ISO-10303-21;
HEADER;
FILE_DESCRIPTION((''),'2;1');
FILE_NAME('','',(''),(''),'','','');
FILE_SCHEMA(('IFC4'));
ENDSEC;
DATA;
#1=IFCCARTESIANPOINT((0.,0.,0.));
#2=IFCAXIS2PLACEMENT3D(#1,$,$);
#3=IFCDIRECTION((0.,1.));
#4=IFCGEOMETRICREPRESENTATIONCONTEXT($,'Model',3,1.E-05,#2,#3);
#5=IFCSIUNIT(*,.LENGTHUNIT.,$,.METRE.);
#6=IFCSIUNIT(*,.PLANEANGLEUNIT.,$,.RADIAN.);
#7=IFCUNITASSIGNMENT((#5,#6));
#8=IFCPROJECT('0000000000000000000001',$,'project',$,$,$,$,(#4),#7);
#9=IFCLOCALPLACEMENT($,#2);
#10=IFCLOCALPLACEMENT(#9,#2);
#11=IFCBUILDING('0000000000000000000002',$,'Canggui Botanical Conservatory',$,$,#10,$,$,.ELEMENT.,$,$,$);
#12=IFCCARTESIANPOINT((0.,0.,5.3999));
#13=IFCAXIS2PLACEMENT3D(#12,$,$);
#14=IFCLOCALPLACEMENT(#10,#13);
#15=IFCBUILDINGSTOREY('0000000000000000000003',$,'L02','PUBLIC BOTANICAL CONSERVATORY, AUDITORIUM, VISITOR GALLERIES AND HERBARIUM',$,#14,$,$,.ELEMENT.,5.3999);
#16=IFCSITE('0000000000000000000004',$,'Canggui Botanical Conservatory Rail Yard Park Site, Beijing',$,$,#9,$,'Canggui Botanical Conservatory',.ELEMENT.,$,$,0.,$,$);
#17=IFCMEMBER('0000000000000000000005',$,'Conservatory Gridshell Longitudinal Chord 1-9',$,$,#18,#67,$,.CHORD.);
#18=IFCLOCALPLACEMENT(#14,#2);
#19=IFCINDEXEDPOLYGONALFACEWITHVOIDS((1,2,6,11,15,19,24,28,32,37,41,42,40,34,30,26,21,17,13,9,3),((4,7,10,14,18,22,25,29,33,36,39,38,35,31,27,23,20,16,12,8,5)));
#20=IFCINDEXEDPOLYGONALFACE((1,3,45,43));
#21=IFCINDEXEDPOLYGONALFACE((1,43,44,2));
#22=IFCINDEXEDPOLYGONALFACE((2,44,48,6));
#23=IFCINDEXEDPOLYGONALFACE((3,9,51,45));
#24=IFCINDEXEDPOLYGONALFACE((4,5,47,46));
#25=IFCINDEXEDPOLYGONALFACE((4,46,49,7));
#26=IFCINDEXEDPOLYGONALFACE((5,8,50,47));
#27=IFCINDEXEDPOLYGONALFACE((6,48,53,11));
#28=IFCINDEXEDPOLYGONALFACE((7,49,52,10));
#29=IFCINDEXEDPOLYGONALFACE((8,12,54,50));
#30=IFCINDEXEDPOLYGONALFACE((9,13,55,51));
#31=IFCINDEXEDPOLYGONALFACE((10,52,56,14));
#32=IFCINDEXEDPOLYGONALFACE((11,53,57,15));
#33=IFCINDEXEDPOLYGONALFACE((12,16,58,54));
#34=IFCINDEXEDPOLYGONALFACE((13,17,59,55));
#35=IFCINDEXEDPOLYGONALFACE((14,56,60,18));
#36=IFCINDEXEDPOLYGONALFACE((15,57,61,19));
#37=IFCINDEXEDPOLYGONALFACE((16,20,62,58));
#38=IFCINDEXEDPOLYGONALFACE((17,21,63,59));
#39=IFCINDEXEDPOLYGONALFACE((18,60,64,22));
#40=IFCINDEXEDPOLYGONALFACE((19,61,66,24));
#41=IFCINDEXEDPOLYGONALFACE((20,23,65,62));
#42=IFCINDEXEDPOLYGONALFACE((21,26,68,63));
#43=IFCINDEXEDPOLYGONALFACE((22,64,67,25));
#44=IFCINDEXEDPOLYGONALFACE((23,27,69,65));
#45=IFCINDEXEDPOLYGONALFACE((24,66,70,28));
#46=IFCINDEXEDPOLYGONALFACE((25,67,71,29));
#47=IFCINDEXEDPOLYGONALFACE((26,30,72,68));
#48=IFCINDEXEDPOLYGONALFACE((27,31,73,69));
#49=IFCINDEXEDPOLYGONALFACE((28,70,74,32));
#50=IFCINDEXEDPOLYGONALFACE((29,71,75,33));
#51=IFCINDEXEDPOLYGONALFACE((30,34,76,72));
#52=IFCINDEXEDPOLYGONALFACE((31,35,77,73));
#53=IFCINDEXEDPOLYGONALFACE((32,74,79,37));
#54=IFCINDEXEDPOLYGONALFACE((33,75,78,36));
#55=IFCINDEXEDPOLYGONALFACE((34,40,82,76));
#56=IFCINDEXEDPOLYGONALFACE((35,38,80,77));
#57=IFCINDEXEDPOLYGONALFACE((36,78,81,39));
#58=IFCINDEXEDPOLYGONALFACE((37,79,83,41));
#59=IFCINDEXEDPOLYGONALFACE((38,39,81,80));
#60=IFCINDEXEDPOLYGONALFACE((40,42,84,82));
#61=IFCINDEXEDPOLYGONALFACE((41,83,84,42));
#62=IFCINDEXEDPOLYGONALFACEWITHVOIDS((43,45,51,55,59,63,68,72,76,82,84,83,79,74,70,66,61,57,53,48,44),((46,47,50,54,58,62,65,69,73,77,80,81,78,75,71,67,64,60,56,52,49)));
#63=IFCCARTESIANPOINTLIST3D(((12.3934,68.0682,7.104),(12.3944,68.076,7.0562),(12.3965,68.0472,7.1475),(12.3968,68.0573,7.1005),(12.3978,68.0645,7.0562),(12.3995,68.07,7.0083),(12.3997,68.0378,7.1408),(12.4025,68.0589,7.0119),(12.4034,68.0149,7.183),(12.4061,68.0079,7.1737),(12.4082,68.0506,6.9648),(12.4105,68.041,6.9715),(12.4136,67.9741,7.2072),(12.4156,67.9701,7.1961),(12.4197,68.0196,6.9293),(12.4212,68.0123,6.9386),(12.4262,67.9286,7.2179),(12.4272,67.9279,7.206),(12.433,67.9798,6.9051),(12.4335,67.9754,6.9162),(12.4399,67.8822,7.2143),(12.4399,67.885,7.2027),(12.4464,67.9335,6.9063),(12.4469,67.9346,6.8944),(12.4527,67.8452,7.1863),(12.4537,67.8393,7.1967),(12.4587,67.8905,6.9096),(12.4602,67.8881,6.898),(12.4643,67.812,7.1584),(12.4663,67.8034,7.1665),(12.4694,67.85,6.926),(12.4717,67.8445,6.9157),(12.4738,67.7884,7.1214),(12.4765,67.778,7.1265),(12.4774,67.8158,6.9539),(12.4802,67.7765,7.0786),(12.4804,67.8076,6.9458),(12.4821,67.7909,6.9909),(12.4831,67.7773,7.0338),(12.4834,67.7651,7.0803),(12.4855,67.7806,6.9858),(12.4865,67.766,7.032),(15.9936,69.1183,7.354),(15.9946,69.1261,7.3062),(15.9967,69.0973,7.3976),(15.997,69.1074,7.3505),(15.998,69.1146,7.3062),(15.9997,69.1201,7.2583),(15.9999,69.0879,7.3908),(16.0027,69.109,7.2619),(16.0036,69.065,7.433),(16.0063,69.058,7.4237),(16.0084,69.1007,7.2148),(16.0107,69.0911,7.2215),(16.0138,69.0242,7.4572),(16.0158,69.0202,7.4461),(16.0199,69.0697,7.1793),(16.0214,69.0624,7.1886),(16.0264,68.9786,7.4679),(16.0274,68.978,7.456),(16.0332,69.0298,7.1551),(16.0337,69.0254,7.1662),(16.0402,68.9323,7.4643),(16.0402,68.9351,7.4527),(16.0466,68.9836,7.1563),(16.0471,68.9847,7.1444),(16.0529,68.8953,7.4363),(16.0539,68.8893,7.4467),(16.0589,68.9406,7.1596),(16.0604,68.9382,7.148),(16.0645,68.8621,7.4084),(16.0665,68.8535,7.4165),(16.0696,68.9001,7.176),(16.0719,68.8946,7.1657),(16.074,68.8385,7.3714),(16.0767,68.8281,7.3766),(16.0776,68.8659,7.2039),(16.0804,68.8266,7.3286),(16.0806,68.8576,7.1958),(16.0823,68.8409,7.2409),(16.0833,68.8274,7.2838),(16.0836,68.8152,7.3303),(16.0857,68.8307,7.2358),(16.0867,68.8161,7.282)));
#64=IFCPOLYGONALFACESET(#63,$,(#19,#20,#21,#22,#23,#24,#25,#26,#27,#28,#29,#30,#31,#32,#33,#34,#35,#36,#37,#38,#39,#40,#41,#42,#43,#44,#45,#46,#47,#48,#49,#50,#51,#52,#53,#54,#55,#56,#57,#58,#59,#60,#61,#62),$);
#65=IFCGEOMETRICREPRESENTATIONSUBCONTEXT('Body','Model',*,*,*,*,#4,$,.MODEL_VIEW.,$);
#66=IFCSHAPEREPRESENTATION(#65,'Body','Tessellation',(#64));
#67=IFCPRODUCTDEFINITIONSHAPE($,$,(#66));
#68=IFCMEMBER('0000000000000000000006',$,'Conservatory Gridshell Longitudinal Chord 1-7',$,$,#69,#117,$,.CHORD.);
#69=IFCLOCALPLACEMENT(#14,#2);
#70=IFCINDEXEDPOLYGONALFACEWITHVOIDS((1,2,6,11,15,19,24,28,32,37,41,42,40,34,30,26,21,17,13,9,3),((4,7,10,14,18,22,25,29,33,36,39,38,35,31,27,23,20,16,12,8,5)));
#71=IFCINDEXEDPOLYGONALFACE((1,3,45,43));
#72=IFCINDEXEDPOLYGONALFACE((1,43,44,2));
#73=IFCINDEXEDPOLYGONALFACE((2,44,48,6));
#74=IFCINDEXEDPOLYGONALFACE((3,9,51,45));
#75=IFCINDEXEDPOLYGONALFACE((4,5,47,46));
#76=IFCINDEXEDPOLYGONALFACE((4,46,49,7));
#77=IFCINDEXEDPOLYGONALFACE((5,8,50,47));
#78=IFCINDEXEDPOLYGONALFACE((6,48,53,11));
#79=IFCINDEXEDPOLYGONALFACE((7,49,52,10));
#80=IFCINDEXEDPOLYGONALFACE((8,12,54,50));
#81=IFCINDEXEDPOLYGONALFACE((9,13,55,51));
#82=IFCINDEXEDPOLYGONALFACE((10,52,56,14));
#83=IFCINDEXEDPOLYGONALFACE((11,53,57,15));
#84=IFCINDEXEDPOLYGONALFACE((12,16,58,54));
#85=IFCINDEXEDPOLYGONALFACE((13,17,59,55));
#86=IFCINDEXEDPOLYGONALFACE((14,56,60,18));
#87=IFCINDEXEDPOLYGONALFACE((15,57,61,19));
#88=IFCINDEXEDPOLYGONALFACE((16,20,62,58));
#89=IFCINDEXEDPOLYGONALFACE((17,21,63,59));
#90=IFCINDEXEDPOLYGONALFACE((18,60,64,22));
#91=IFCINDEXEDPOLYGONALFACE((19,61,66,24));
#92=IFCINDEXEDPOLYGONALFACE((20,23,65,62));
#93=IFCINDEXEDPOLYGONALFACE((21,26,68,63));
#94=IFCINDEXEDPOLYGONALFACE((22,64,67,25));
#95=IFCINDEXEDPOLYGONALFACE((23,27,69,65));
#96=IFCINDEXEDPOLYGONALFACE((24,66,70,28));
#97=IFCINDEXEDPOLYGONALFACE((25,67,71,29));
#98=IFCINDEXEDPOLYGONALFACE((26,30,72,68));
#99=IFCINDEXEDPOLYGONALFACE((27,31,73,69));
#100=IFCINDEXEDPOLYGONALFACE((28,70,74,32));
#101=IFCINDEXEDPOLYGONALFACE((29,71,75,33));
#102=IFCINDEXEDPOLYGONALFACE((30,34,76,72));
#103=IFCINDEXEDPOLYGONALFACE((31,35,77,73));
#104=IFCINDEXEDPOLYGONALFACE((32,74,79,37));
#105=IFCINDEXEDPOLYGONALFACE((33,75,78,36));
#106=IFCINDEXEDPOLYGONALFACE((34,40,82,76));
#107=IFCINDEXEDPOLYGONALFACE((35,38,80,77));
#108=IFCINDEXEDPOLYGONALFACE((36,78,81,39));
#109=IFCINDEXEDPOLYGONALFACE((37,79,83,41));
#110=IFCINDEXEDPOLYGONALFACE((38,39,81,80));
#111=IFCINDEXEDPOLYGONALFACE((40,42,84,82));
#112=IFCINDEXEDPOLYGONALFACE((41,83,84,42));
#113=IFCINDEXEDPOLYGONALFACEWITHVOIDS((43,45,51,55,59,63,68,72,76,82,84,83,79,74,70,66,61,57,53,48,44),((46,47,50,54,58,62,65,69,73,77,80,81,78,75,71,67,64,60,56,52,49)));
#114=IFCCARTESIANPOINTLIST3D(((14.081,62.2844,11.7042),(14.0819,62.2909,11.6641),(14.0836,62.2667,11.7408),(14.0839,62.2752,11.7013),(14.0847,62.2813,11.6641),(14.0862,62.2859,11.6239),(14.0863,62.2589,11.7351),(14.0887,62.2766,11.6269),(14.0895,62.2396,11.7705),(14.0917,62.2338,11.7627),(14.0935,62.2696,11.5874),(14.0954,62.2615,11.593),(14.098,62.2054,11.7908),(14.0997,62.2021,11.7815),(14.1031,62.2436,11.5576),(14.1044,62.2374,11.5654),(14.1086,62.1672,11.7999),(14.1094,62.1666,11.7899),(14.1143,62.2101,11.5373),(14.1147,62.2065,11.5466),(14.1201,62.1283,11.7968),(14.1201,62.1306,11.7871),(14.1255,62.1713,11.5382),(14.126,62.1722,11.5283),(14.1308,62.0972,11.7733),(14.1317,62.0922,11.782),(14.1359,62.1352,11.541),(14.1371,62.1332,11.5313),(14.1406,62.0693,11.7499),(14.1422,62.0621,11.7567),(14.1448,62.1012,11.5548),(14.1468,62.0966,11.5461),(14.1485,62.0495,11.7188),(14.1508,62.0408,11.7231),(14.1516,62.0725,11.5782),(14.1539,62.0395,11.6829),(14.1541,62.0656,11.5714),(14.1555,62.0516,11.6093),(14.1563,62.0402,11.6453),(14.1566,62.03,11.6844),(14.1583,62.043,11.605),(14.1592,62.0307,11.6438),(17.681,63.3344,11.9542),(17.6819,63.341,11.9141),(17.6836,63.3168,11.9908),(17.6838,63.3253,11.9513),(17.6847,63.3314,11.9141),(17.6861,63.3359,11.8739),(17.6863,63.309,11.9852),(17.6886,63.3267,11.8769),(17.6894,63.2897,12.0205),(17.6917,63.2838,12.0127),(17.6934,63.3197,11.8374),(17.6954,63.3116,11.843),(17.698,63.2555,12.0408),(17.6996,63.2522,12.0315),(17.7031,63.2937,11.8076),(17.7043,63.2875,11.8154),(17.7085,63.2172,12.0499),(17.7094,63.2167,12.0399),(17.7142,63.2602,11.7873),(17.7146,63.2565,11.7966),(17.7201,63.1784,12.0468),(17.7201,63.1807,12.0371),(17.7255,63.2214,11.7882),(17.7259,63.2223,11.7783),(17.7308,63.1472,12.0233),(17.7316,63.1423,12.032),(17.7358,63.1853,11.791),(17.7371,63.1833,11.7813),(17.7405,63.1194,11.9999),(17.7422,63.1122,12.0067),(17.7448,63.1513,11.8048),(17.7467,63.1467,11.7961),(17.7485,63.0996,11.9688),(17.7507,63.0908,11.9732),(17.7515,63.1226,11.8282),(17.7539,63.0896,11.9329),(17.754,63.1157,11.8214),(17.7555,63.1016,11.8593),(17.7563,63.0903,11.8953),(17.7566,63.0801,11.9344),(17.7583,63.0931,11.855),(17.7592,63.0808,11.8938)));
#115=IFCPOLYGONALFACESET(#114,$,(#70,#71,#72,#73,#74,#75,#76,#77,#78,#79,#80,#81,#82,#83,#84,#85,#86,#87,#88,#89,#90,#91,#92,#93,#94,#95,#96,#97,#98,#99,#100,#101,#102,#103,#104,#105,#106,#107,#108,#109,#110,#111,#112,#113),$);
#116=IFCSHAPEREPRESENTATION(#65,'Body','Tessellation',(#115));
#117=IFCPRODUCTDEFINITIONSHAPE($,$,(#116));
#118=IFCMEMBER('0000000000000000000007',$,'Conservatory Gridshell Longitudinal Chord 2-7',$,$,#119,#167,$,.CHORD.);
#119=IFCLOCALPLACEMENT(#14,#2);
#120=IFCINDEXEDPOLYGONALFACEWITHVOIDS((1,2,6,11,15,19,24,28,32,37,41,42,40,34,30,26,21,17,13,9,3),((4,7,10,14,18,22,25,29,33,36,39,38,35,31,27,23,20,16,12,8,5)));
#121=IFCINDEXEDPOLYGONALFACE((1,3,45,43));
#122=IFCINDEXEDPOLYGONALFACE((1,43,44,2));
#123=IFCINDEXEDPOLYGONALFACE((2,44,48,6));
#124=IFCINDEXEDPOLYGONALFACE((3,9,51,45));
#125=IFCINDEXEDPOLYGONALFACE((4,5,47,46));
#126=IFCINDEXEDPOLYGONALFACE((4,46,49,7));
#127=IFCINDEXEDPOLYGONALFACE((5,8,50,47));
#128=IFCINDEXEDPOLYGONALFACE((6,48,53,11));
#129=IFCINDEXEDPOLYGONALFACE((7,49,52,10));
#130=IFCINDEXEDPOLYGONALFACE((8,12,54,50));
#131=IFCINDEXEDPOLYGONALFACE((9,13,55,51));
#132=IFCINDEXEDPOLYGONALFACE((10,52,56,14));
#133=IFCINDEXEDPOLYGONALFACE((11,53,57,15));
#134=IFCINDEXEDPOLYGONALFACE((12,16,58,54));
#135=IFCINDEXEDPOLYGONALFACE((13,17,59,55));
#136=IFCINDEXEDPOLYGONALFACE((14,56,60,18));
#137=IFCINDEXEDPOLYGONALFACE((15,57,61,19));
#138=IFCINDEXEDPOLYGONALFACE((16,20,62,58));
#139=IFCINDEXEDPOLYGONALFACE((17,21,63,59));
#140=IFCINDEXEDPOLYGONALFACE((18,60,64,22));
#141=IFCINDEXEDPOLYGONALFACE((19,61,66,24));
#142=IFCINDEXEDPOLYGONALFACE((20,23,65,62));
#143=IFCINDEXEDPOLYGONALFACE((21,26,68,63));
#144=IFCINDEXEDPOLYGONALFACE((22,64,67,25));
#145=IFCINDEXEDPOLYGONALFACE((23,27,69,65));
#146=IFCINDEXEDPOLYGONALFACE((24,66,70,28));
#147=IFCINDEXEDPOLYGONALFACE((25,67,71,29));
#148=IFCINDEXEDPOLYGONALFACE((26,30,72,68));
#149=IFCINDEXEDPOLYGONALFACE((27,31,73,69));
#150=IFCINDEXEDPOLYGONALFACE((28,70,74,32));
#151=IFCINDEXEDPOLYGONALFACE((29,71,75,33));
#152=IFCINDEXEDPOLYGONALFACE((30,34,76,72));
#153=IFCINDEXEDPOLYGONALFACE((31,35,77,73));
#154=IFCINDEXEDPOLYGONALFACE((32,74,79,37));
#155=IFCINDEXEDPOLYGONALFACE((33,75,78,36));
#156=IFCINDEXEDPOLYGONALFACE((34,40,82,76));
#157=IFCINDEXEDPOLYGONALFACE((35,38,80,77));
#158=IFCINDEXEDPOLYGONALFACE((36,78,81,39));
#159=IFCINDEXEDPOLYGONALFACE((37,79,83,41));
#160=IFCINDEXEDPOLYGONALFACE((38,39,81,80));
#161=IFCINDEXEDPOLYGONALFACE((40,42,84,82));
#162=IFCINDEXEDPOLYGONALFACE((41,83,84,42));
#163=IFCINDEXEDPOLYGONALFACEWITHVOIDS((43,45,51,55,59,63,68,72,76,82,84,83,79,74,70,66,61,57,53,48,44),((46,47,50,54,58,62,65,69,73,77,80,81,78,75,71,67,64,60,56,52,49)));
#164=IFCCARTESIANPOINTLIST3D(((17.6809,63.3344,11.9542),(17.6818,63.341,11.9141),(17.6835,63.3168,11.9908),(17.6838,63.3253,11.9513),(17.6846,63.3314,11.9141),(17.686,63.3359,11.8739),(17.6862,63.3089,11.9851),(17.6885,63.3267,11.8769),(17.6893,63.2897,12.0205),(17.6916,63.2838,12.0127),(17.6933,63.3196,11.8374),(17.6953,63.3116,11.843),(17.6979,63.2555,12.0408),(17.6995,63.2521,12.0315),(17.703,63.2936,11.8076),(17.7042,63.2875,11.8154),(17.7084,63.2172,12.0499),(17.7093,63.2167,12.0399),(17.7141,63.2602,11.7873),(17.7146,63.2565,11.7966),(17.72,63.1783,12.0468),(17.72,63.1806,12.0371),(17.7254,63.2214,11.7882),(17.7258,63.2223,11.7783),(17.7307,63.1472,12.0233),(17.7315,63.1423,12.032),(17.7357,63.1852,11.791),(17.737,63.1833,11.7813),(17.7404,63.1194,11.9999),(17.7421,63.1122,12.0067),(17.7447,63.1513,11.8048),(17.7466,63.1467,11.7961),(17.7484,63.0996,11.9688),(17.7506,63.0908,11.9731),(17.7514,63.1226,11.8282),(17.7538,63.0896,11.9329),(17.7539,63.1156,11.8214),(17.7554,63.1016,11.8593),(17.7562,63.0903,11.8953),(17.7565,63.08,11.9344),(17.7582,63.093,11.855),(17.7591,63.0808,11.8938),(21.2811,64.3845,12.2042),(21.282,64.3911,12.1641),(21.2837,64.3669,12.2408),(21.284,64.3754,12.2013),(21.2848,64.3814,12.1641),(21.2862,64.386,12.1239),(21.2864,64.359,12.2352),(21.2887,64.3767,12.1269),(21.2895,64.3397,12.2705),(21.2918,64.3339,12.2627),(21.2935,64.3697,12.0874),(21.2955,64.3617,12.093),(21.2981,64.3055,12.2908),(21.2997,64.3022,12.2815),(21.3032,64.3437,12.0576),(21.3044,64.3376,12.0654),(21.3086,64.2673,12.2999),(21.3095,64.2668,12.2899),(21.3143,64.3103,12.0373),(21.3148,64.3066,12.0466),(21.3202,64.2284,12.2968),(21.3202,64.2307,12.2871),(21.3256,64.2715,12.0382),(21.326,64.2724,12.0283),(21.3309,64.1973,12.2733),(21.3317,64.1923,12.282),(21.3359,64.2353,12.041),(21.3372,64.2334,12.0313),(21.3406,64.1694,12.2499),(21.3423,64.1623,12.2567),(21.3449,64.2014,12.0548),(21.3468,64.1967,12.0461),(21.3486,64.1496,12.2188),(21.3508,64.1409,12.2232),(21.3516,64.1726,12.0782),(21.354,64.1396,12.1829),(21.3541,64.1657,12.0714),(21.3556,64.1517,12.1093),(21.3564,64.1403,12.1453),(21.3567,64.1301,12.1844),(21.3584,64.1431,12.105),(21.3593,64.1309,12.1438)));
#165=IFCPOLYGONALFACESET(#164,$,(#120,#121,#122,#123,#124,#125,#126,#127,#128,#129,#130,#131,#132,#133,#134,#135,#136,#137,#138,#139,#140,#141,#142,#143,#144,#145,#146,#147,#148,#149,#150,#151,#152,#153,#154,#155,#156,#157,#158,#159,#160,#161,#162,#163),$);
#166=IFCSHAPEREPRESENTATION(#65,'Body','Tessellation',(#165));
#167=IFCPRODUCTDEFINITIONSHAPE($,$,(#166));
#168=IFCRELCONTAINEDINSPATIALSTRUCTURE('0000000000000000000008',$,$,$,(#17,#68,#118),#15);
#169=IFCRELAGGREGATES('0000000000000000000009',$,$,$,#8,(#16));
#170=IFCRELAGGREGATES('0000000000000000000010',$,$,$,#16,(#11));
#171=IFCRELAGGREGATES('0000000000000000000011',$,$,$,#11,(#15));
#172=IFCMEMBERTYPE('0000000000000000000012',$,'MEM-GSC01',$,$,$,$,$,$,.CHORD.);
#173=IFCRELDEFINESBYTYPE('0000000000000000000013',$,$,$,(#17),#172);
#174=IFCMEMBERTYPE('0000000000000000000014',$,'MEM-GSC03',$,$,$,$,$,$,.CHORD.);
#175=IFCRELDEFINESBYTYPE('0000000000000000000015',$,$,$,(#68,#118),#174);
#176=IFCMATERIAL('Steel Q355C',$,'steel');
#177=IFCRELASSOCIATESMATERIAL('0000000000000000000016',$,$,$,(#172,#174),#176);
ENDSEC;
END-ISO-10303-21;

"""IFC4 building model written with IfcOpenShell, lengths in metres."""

from ifc_helpers import new_model, si_unit, direction, frame, origin, origin_2d, place, context, subcontext, project, spatial, hollow_circle, extrude, material, material_profile, profile_set, type_object, element, save


model = new_model("IFC4")

# Units and contexts
model_context = context("Model", 3, precision=1e-05, world=origin(), true_north=direction((0.0, 1.0)))
body_context = subcontext(model_context, "Body", "Model", "MODEL_VIEW")
ifc_project = project(units=[si_unit("LENGTHUNIT", "METRE"), si_unit("PLANEANGLEUNIT", "RADIAN")], contexts=[model_context])

# Site, building, storey
site_placement = place(None, origin())
site = spatial("IfcSite", under=ifc_project, at=site_placement, Name="Canggui Botanical Conservatory Rail Yard Park Site, Beijing", LongName="Canggui Botanical Conservatory", CompositionType="ELEMENT", RefElevation=0.0)
building_placement = place(site_placement, origin())
building = spatial("IfcBuilding", under=site, at=building_placement, Name="Canggui Botanical Conservatory", CompositionType="ELEMENT")
storey_placement = place(building_placement, frame((0.0, 0.0, 5.3999)))
storey = spatial("IfcBuildingStorey", under=building, at=storey_placement, Name="L02", Description="PUBLIC BOTANICAL CONSERVATORY, AUDITORIUM, VISITOR GALLERIES AND HERBARIUM", CompositionType="ELEMENT", Elevation=5.3999)

# Shared definitions
ifc_material_1 = material(Name="Steel Q355C", Category="steel")

# Members
ifc_material_profile_1 = material_profile(ifc_material_1, hollow_circle(Radius=0.1626, WallThickness=0.012, at=origin_2d()), Name="CHS 325x12")
ifc_profile_set_1 = profile_set([ifc_material_profile_1], Name="Steel Q355C")
member_type_1 = type_object("IfcMemberType", Name="MEM-GSC01", PredefinedType="CHORD", material=ifc_profile_set_1)
member_1_placement = place(storey_placement, frame((12.4399, 67.9199, 7.0562), z_axis=(0.957872, 0.279385, 0.066517), x_axis=(-0.280005, 0.959999, 0.0)))
element("IfcMember", 1, at=member_1_placement, inside=storey, type_object=member_type_1, Name="Conservatory Gridshell Longitudinal Chord 1-9", PredefinedType="CHORD", context=body_context, shape_type="SweptSolid", body=[
    extrude(hollow_circle(Radius=0.1626, WallThickness=0.012, at=origin_2d()), origin(), (0.0, 0.0, 1.0), 3.7585),
])
ifc_material_profile_2 = material_profile(ifc_material_1, hollow_circle(Radius=0.1365, WallThickness=0.01, at=origin_2d()), Name="CHS 273x10")
ifc_profile_set_2 = profile_set([ifc_material_profile_2], Name="Steel Q355C")
member_type_2 = type_object("IfcMemberType", Name="MEM-GSC03", PredefinedType="CHORD", material=ifc_profile_set_2)
member_2_placement = place(storey_placement, frame((14.1201, 62.1599, 11.6641), z_axis=(0.957867, 0.279402, 0.066521), x_axis=(-0.280023, 0.959993, 0.0)))
element("IfcMember", 2, at=member_2_placement, inside=storey, type_object=member_type_2, Name="Conservatory Gridshell Longitudinal Chord 1-7", PredefinedType="CHORD", context=body_context, shape_type="SweptSolid", body=[
    extrude(hollow_circle(Radius=0.1365, WallThickness=0.01, at=origin_2d()), origin(), (0.0, 0.0, 1.0), 3.7583),
])
member_3_placement = place(storey_placement, frame((17.72, 63.21, 11.9141), z_axis=(0.957872, 0.279385, 0.066517), x_axis=(-0.280005, 0.959999, 0.0)))
element("IfcMember", 3, at=member_3_placement, inside=storey, type_object=member_type_2, Name="Conservatory Gridshell Longitudinal Chord 2-7", PredefinedType="CHORD", context=body_context, shape_type="SweptSolid", body=[
    extrude(hollow_circle(Radius=0.1365, WallThickness=0.01, at=origin_2d()), origin(), (0.0, 0.0, 1.0), 3.7585),
])

save(model, "model.ifc")
